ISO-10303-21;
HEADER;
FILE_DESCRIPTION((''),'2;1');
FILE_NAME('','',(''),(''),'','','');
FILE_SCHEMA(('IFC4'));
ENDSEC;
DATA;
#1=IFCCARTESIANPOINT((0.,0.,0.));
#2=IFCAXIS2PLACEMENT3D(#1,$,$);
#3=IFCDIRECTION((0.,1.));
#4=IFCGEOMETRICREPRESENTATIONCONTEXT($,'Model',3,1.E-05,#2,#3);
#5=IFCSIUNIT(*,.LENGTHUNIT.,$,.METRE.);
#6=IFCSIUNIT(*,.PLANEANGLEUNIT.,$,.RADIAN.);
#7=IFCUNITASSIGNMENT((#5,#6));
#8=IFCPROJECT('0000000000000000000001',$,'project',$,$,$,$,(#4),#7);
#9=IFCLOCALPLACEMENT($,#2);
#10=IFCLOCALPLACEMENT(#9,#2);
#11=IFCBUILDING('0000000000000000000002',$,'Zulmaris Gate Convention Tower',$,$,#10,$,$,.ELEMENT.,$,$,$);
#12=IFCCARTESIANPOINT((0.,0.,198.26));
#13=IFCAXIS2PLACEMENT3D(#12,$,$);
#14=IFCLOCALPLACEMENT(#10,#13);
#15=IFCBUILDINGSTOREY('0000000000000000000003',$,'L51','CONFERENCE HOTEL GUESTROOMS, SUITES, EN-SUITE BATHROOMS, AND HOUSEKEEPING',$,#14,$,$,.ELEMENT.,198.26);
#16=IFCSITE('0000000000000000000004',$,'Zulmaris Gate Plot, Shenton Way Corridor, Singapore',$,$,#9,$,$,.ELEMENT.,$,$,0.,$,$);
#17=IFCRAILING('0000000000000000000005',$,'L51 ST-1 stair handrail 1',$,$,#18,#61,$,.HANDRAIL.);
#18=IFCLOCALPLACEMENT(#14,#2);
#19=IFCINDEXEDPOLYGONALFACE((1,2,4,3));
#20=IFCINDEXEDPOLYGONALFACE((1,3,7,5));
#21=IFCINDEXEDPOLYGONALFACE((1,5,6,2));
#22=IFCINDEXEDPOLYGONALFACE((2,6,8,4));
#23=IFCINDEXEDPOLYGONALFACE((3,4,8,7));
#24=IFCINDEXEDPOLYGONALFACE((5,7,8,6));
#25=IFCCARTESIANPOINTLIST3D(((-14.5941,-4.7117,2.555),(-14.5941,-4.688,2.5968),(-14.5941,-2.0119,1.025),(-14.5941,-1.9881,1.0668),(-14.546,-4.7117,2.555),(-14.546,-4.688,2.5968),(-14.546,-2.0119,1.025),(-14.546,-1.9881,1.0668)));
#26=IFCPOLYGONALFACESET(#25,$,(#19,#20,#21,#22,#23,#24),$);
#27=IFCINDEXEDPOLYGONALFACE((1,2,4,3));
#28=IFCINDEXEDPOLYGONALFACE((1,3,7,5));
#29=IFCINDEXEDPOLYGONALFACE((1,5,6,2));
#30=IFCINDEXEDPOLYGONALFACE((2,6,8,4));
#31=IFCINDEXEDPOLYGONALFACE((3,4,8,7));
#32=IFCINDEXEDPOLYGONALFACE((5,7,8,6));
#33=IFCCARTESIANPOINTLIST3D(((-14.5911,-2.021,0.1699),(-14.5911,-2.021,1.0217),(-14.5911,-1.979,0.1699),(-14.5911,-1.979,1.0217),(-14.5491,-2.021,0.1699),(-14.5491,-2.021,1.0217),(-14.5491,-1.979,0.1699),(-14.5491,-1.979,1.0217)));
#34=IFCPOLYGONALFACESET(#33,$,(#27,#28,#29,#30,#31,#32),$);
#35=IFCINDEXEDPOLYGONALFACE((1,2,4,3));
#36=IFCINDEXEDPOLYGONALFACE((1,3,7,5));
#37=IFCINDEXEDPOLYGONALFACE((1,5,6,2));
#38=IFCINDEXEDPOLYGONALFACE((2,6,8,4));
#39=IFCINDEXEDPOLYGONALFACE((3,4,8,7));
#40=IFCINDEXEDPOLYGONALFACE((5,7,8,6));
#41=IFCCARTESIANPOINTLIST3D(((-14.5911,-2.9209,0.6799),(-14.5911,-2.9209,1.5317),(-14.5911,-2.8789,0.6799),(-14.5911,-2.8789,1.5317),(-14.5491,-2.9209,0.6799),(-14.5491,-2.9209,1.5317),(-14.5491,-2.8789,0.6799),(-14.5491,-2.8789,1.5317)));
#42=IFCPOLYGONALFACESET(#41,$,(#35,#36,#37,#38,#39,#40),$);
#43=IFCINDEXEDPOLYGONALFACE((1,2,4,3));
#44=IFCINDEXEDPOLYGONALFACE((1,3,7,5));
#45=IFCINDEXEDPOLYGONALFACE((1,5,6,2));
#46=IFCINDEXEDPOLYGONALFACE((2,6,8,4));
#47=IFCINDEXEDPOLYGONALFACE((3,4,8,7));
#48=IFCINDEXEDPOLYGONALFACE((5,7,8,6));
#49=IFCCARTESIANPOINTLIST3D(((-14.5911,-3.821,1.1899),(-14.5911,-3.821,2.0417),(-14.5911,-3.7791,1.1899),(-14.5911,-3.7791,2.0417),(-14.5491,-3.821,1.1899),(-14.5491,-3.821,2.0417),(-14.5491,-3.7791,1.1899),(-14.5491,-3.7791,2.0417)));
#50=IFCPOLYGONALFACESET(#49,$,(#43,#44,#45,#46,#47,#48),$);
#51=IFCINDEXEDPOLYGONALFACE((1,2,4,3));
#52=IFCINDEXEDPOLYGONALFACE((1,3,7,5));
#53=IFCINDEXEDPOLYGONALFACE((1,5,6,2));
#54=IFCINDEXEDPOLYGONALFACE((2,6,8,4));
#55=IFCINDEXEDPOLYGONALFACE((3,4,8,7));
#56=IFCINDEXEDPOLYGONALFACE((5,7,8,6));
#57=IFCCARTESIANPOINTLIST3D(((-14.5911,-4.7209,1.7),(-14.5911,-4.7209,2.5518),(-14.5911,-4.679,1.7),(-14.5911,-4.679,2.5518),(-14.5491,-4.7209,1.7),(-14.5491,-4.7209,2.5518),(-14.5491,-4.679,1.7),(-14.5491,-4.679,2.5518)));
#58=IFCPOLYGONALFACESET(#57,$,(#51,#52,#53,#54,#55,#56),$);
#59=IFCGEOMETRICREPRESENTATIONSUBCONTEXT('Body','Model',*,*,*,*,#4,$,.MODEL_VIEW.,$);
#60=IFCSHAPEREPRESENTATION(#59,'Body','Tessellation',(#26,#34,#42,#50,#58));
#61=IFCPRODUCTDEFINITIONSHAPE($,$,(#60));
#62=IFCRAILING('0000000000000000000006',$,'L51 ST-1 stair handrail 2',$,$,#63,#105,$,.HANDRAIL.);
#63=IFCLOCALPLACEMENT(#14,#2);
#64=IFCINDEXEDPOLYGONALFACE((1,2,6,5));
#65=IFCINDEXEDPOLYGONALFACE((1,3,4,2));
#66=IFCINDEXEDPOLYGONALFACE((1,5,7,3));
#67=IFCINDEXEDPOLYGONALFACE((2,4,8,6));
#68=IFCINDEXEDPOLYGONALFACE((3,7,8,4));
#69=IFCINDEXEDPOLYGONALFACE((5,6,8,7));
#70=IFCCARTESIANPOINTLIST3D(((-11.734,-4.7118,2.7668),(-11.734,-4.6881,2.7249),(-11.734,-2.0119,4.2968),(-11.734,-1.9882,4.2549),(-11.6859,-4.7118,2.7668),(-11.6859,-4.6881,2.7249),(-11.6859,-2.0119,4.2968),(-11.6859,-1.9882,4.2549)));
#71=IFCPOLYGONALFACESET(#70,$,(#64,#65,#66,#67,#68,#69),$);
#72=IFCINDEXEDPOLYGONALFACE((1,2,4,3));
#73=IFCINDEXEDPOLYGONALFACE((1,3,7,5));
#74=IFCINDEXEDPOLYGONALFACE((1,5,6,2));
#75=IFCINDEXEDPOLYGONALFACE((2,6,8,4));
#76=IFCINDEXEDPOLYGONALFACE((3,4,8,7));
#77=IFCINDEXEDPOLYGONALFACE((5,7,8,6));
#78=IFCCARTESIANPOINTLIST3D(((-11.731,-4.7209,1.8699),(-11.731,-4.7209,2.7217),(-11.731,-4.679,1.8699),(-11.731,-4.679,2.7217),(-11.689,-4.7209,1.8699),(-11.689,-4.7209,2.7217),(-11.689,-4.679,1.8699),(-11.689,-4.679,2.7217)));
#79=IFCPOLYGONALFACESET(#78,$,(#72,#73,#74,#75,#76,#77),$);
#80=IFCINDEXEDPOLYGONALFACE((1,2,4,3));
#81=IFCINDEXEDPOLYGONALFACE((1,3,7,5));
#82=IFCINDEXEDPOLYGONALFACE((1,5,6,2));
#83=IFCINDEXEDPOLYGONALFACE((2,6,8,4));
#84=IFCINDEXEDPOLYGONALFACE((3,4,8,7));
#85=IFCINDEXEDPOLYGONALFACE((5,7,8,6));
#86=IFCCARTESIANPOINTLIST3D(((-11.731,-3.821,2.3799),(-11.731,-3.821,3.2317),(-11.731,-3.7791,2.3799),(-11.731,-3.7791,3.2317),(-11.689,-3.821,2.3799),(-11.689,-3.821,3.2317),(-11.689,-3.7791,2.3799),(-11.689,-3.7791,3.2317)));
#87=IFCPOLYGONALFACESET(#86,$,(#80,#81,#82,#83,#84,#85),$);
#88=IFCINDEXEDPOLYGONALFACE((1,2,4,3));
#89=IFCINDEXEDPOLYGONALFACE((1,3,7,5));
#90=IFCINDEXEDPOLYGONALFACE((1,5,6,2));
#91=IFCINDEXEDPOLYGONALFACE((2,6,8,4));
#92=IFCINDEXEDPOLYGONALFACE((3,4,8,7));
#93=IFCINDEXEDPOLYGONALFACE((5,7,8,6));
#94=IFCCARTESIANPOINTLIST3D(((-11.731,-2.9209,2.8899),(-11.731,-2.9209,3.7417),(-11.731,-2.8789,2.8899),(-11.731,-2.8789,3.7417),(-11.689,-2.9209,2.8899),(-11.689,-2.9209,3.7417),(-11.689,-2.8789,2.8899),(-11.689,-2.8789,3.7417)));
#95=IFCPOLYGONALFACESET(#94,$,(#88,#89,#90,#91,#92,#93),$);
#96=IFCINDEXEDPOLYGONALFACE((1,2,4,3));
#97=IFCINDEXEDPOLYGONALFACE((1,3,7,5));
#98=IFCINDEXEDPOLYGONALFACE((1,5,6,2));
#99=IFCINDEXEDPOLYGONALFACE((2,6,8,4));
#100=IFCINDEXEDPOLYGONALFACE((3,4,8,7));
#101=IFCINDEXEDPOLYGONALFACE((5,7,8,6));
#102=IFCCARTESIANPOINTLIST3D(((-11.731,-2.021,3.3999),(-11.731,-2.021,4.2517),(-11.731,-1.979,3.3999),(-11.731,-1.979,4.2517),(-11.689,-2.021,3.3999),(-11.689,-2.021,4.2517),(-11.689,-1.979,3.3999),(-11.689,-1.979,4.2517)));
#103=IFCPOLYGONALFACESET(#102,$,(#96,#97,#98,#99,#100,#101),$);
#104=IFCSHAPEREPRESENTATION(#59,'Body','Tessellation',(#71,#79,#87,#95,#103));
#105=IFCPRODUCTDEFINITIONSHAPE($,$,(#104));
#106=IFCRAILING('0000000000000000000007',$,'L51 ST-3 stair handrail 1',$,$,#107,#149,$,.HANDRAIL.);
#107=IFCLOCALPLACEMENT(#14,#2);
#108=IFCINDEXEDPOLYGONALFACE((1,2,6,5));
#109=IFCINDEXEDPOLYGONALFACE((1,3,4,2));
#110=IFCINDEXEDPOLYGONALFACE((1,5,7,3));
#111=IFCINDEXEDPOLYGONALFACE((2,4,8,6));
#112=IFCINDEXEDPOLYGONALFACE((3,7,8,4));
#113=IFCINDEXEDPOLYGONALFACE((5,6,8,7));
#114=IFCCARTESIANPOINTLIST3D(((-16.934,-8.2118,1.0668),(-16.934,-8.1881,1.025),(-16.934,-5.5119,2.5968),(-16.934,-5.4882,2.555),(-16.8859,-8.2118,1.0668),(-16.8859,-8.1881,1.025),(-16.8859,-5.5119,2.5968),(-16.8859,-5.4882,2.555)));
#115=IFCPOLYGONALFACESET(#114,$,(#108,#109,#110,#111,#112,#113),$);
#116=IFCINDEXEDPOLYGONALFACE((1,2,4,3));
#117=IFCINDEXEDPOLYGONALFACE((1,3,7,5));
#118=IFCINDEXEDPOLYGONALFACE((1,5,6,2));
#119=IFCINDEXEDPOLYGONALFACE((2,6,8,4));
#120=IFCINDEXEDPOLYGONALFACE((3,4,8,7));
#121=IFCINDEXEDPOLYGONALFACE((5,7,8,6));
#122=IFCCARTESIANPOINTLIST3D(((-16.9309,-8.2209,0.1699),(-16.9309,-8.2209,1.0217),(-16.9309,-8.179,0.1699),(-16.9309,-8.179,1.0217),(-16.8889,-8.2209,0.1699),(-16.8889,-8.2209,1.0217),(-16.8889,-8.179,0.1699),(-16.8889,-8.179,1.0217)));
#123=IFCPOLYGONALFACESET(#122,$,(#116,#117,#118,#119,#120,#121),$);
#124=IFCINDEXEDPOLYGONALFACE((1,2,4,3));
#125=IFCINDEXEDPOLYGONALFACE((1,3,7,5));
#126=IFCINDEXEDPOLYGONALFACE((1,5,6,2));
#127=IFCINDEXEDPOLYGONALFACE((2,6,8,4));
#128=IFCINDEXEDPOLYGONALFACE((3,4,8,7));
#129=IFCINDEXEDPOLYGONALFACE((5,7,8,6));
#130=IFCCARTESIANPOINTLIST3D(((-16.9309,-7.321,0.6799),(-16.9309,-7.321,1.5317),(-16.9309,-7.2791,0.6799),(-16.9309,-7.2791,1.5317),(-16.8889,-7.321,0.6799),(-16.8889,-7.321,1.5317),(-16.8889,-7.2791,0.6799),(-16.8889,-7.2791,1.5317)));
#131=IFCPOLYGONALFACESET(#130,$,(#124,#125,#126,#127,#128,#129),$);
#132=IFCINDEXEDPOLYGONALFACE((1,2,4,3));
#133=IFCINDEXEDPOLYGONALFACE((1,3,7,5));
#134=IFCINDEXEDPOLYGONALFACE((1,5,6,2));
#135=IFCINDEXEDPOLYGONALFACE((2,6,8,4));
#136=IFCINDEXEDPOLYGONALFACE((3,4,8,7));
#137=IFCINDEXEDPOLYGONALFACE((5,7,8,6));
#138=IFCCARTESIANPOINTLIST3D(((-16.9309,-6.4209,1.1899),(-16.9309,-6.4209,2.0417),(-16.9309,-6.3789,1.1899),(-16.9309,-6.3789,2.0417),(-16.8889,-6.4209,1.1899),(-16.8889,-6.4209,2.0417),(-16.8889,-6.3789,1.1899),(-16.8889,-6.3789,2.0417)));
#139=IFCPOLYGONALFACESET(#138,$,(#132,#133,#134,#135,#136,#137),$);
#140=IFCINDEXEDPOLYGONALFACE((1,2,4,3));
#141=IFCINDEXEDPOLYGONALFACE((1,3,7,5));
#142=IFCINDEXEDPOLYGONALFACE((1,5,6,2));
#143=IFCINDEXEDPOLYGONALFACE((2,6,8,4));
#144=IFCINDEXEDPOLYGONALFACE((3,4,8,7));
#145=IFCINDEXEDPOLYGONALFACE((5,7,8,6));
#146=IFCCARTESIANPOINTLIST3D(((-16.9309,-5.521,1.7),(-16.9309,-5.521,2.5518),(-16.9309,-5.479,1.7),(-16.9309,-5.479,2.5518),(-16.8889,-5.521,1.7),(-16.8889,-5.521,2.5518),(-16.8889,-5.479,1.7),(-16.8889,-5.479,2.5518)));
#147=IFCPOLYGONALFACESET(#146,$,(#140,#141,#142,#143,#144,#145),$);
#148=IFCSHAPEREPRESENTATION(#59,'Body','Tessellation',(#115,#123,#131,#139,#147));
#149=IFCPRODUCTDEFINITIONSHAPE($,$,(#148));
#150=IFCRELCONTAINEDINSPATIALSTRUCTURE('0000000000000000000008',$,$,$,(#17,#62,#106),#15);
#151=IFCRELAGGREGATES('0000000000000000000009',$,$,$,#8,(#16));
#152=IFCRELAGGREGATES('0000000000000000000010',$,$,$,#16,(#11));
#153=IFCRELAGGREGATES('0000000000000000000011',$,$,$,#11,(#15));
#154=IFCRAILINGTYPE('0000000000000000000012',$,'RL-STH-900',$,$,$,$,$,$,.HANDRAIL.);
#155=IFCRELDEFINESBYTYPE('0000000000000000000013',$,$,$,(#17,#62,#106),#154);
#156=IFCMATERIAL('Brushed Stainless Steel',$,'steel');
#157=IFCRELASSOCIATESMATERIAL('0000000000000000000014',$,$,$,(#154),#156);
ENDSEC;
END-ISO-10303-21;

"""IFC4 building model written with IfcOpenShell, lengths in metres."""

from ifc_helpers import new_model, si_unit, direction, frame, origin, origin_2d, place, context, subcontext, project, spatial, rectangle, extrude, material, type_object, element, save


model = new_model("IFC4")

# Units and contexts
model_context = context("Model", 3, precision=1e-05, world=origin(), true_north=direction((0.0, 1.0)))
body_context = subcontext(model_context, "Body", "Model", "MODEL_VIEW")
ifc_project = project(units=[si_unit("LENGTHUNIT", "METRE"), si_unit("PLANEANGLEUNIT", "RADIAN")], contexts=[model_context])

# Site, building, storey
site_placement = place(None, origin())
site = spatial("IfcSite", under=ifc_project, at=site_placement, Name="Zulmaris Gate Plot, Shenton Way Corridor, Singapore", CompositionType="ELEMENT", RefElevation=0.0)
building_placement = place(site_placement, origin())
building = spatial("IfcBuilding", under=site, at=building_placement, Name="Zulmaris Gate Convention Tower", CompositionType="ELEMENT")
storey_placement = place(building_placement, frame((0.0, 0.0, 198.26)))
storey = spatial("IfcBuildingStorey", under=building, at=storey_placement, Name="L51", Description="CONFERENCE HOTEL GUESTROOMS, SUITES, EN-SUITE BATHROOMS, AND HOUSEKEEPING", CompositionType="ELEMENT", Elevation=198.26)

# Shared definitions
ifc_material_1 = material(Name="Brushed Stainless Steel", Category="steel")

# Railings
railing_type_1 = type_object("IfcRailingType", Name="RL-STH-900", PredefinedType="HANDRAIL", material=ifc_material_1)
railing_1_placement = place(storey_placement, frame((-14.5701, -2.0, 0.1699)))
element("IfcRailing", 1, at=railing_1_placement, inside=storey, type_object=railing_type_1, Name="L51 ST-1 stair handrail 1", PredefinedType="HANDRAIL", context=body_context, shape_type="SweptSolid", body=[
    extrude(rectangle(XDim=0.0481, YDim=0.0481, at=origin_2d()), frame((0.0, 0.0, 0.876), z_axis=(0.0, -0.870014, 0.493026), x_axis=(1.0, 0.0, 0.0)), (0.0, 0.0, 1.0), 3.1033),
    extrude(rectangle(XDim=0.042, YDim=0.042, at=origin_2d()), origin(), (0.0, 0.0, 1.0), 0.8518),
    extrude(rectangle(XDim=0.042, YDim=0.042, at=origin_2d()), frame((0.0, -0.8999, 0.51)), (0.0, 0.0, 1.0), 0.8518),
    extrude(rectangle(XDim=0.042, YDim=0.042, at=origin_2d()), frame((0.0, -1.8, 1.02)), (0.0, 0.0, 1.0), 0.8518),
    extrude(rectangle(XDim=0.042, YDim=0.042, at=origin_2d()), frame((0.0, -2.7, 1.53)), (0.0, 0.0, 1.0), 0.8518),
])
for number, where, name in (
    (2, (-11.71, -4.7, 1.8699), "L51 ST-1 stair handrail 2"),
    (3, (-16.9099, -8.2, 0.1699), "L51 ST-3 stair handrail 1"),
):
    element("IfcRailing", number, at=place(storey_placement, frame(where)), inside=storey, type_object=railing_type_1, Name=name, PredefinedType="HANDRAIL", context=body_context, shape_type="SweptSolid", body=[
        extrude(rectangle(XDim=0.0481, YDim=0.0481, at=origin_2d()), frame((0.0, 0.0, 0.876), z_axis=(0.0, 0.870014, 0.493026), x_axis=(-1.0, 0.0, 0.0)), (0.0, 0.0, 1.0), 3.1033),
        extrude(rectangle(XDim=0.042, YDim=0.042, at=origin_2d()), origin(), (0.0, 0.0, 1.0), 0.8518),
        extrude(rectangle(XDim=0.042, YDim=0.042, at=origin_2d()), frame((0.0, 0.8999, 0.51)), (0.0, 0.0, 1.0), 0.8518),
        extrude(rectangle(XDim=0.042, YDim=0.042, at=origin_2d()), frame((0.0, 1.8, 1.02)), (0.0, 0.0, 1.0), 0.8518),
        extrude(rectangle(XDim=0.042, YDim=0.042, at=origin_2d()), frame((0.0, 2.7, 1.53)), (0.0, 0.0, 1.0), 0.8518),
    ])

save(model, "model.ifc")
